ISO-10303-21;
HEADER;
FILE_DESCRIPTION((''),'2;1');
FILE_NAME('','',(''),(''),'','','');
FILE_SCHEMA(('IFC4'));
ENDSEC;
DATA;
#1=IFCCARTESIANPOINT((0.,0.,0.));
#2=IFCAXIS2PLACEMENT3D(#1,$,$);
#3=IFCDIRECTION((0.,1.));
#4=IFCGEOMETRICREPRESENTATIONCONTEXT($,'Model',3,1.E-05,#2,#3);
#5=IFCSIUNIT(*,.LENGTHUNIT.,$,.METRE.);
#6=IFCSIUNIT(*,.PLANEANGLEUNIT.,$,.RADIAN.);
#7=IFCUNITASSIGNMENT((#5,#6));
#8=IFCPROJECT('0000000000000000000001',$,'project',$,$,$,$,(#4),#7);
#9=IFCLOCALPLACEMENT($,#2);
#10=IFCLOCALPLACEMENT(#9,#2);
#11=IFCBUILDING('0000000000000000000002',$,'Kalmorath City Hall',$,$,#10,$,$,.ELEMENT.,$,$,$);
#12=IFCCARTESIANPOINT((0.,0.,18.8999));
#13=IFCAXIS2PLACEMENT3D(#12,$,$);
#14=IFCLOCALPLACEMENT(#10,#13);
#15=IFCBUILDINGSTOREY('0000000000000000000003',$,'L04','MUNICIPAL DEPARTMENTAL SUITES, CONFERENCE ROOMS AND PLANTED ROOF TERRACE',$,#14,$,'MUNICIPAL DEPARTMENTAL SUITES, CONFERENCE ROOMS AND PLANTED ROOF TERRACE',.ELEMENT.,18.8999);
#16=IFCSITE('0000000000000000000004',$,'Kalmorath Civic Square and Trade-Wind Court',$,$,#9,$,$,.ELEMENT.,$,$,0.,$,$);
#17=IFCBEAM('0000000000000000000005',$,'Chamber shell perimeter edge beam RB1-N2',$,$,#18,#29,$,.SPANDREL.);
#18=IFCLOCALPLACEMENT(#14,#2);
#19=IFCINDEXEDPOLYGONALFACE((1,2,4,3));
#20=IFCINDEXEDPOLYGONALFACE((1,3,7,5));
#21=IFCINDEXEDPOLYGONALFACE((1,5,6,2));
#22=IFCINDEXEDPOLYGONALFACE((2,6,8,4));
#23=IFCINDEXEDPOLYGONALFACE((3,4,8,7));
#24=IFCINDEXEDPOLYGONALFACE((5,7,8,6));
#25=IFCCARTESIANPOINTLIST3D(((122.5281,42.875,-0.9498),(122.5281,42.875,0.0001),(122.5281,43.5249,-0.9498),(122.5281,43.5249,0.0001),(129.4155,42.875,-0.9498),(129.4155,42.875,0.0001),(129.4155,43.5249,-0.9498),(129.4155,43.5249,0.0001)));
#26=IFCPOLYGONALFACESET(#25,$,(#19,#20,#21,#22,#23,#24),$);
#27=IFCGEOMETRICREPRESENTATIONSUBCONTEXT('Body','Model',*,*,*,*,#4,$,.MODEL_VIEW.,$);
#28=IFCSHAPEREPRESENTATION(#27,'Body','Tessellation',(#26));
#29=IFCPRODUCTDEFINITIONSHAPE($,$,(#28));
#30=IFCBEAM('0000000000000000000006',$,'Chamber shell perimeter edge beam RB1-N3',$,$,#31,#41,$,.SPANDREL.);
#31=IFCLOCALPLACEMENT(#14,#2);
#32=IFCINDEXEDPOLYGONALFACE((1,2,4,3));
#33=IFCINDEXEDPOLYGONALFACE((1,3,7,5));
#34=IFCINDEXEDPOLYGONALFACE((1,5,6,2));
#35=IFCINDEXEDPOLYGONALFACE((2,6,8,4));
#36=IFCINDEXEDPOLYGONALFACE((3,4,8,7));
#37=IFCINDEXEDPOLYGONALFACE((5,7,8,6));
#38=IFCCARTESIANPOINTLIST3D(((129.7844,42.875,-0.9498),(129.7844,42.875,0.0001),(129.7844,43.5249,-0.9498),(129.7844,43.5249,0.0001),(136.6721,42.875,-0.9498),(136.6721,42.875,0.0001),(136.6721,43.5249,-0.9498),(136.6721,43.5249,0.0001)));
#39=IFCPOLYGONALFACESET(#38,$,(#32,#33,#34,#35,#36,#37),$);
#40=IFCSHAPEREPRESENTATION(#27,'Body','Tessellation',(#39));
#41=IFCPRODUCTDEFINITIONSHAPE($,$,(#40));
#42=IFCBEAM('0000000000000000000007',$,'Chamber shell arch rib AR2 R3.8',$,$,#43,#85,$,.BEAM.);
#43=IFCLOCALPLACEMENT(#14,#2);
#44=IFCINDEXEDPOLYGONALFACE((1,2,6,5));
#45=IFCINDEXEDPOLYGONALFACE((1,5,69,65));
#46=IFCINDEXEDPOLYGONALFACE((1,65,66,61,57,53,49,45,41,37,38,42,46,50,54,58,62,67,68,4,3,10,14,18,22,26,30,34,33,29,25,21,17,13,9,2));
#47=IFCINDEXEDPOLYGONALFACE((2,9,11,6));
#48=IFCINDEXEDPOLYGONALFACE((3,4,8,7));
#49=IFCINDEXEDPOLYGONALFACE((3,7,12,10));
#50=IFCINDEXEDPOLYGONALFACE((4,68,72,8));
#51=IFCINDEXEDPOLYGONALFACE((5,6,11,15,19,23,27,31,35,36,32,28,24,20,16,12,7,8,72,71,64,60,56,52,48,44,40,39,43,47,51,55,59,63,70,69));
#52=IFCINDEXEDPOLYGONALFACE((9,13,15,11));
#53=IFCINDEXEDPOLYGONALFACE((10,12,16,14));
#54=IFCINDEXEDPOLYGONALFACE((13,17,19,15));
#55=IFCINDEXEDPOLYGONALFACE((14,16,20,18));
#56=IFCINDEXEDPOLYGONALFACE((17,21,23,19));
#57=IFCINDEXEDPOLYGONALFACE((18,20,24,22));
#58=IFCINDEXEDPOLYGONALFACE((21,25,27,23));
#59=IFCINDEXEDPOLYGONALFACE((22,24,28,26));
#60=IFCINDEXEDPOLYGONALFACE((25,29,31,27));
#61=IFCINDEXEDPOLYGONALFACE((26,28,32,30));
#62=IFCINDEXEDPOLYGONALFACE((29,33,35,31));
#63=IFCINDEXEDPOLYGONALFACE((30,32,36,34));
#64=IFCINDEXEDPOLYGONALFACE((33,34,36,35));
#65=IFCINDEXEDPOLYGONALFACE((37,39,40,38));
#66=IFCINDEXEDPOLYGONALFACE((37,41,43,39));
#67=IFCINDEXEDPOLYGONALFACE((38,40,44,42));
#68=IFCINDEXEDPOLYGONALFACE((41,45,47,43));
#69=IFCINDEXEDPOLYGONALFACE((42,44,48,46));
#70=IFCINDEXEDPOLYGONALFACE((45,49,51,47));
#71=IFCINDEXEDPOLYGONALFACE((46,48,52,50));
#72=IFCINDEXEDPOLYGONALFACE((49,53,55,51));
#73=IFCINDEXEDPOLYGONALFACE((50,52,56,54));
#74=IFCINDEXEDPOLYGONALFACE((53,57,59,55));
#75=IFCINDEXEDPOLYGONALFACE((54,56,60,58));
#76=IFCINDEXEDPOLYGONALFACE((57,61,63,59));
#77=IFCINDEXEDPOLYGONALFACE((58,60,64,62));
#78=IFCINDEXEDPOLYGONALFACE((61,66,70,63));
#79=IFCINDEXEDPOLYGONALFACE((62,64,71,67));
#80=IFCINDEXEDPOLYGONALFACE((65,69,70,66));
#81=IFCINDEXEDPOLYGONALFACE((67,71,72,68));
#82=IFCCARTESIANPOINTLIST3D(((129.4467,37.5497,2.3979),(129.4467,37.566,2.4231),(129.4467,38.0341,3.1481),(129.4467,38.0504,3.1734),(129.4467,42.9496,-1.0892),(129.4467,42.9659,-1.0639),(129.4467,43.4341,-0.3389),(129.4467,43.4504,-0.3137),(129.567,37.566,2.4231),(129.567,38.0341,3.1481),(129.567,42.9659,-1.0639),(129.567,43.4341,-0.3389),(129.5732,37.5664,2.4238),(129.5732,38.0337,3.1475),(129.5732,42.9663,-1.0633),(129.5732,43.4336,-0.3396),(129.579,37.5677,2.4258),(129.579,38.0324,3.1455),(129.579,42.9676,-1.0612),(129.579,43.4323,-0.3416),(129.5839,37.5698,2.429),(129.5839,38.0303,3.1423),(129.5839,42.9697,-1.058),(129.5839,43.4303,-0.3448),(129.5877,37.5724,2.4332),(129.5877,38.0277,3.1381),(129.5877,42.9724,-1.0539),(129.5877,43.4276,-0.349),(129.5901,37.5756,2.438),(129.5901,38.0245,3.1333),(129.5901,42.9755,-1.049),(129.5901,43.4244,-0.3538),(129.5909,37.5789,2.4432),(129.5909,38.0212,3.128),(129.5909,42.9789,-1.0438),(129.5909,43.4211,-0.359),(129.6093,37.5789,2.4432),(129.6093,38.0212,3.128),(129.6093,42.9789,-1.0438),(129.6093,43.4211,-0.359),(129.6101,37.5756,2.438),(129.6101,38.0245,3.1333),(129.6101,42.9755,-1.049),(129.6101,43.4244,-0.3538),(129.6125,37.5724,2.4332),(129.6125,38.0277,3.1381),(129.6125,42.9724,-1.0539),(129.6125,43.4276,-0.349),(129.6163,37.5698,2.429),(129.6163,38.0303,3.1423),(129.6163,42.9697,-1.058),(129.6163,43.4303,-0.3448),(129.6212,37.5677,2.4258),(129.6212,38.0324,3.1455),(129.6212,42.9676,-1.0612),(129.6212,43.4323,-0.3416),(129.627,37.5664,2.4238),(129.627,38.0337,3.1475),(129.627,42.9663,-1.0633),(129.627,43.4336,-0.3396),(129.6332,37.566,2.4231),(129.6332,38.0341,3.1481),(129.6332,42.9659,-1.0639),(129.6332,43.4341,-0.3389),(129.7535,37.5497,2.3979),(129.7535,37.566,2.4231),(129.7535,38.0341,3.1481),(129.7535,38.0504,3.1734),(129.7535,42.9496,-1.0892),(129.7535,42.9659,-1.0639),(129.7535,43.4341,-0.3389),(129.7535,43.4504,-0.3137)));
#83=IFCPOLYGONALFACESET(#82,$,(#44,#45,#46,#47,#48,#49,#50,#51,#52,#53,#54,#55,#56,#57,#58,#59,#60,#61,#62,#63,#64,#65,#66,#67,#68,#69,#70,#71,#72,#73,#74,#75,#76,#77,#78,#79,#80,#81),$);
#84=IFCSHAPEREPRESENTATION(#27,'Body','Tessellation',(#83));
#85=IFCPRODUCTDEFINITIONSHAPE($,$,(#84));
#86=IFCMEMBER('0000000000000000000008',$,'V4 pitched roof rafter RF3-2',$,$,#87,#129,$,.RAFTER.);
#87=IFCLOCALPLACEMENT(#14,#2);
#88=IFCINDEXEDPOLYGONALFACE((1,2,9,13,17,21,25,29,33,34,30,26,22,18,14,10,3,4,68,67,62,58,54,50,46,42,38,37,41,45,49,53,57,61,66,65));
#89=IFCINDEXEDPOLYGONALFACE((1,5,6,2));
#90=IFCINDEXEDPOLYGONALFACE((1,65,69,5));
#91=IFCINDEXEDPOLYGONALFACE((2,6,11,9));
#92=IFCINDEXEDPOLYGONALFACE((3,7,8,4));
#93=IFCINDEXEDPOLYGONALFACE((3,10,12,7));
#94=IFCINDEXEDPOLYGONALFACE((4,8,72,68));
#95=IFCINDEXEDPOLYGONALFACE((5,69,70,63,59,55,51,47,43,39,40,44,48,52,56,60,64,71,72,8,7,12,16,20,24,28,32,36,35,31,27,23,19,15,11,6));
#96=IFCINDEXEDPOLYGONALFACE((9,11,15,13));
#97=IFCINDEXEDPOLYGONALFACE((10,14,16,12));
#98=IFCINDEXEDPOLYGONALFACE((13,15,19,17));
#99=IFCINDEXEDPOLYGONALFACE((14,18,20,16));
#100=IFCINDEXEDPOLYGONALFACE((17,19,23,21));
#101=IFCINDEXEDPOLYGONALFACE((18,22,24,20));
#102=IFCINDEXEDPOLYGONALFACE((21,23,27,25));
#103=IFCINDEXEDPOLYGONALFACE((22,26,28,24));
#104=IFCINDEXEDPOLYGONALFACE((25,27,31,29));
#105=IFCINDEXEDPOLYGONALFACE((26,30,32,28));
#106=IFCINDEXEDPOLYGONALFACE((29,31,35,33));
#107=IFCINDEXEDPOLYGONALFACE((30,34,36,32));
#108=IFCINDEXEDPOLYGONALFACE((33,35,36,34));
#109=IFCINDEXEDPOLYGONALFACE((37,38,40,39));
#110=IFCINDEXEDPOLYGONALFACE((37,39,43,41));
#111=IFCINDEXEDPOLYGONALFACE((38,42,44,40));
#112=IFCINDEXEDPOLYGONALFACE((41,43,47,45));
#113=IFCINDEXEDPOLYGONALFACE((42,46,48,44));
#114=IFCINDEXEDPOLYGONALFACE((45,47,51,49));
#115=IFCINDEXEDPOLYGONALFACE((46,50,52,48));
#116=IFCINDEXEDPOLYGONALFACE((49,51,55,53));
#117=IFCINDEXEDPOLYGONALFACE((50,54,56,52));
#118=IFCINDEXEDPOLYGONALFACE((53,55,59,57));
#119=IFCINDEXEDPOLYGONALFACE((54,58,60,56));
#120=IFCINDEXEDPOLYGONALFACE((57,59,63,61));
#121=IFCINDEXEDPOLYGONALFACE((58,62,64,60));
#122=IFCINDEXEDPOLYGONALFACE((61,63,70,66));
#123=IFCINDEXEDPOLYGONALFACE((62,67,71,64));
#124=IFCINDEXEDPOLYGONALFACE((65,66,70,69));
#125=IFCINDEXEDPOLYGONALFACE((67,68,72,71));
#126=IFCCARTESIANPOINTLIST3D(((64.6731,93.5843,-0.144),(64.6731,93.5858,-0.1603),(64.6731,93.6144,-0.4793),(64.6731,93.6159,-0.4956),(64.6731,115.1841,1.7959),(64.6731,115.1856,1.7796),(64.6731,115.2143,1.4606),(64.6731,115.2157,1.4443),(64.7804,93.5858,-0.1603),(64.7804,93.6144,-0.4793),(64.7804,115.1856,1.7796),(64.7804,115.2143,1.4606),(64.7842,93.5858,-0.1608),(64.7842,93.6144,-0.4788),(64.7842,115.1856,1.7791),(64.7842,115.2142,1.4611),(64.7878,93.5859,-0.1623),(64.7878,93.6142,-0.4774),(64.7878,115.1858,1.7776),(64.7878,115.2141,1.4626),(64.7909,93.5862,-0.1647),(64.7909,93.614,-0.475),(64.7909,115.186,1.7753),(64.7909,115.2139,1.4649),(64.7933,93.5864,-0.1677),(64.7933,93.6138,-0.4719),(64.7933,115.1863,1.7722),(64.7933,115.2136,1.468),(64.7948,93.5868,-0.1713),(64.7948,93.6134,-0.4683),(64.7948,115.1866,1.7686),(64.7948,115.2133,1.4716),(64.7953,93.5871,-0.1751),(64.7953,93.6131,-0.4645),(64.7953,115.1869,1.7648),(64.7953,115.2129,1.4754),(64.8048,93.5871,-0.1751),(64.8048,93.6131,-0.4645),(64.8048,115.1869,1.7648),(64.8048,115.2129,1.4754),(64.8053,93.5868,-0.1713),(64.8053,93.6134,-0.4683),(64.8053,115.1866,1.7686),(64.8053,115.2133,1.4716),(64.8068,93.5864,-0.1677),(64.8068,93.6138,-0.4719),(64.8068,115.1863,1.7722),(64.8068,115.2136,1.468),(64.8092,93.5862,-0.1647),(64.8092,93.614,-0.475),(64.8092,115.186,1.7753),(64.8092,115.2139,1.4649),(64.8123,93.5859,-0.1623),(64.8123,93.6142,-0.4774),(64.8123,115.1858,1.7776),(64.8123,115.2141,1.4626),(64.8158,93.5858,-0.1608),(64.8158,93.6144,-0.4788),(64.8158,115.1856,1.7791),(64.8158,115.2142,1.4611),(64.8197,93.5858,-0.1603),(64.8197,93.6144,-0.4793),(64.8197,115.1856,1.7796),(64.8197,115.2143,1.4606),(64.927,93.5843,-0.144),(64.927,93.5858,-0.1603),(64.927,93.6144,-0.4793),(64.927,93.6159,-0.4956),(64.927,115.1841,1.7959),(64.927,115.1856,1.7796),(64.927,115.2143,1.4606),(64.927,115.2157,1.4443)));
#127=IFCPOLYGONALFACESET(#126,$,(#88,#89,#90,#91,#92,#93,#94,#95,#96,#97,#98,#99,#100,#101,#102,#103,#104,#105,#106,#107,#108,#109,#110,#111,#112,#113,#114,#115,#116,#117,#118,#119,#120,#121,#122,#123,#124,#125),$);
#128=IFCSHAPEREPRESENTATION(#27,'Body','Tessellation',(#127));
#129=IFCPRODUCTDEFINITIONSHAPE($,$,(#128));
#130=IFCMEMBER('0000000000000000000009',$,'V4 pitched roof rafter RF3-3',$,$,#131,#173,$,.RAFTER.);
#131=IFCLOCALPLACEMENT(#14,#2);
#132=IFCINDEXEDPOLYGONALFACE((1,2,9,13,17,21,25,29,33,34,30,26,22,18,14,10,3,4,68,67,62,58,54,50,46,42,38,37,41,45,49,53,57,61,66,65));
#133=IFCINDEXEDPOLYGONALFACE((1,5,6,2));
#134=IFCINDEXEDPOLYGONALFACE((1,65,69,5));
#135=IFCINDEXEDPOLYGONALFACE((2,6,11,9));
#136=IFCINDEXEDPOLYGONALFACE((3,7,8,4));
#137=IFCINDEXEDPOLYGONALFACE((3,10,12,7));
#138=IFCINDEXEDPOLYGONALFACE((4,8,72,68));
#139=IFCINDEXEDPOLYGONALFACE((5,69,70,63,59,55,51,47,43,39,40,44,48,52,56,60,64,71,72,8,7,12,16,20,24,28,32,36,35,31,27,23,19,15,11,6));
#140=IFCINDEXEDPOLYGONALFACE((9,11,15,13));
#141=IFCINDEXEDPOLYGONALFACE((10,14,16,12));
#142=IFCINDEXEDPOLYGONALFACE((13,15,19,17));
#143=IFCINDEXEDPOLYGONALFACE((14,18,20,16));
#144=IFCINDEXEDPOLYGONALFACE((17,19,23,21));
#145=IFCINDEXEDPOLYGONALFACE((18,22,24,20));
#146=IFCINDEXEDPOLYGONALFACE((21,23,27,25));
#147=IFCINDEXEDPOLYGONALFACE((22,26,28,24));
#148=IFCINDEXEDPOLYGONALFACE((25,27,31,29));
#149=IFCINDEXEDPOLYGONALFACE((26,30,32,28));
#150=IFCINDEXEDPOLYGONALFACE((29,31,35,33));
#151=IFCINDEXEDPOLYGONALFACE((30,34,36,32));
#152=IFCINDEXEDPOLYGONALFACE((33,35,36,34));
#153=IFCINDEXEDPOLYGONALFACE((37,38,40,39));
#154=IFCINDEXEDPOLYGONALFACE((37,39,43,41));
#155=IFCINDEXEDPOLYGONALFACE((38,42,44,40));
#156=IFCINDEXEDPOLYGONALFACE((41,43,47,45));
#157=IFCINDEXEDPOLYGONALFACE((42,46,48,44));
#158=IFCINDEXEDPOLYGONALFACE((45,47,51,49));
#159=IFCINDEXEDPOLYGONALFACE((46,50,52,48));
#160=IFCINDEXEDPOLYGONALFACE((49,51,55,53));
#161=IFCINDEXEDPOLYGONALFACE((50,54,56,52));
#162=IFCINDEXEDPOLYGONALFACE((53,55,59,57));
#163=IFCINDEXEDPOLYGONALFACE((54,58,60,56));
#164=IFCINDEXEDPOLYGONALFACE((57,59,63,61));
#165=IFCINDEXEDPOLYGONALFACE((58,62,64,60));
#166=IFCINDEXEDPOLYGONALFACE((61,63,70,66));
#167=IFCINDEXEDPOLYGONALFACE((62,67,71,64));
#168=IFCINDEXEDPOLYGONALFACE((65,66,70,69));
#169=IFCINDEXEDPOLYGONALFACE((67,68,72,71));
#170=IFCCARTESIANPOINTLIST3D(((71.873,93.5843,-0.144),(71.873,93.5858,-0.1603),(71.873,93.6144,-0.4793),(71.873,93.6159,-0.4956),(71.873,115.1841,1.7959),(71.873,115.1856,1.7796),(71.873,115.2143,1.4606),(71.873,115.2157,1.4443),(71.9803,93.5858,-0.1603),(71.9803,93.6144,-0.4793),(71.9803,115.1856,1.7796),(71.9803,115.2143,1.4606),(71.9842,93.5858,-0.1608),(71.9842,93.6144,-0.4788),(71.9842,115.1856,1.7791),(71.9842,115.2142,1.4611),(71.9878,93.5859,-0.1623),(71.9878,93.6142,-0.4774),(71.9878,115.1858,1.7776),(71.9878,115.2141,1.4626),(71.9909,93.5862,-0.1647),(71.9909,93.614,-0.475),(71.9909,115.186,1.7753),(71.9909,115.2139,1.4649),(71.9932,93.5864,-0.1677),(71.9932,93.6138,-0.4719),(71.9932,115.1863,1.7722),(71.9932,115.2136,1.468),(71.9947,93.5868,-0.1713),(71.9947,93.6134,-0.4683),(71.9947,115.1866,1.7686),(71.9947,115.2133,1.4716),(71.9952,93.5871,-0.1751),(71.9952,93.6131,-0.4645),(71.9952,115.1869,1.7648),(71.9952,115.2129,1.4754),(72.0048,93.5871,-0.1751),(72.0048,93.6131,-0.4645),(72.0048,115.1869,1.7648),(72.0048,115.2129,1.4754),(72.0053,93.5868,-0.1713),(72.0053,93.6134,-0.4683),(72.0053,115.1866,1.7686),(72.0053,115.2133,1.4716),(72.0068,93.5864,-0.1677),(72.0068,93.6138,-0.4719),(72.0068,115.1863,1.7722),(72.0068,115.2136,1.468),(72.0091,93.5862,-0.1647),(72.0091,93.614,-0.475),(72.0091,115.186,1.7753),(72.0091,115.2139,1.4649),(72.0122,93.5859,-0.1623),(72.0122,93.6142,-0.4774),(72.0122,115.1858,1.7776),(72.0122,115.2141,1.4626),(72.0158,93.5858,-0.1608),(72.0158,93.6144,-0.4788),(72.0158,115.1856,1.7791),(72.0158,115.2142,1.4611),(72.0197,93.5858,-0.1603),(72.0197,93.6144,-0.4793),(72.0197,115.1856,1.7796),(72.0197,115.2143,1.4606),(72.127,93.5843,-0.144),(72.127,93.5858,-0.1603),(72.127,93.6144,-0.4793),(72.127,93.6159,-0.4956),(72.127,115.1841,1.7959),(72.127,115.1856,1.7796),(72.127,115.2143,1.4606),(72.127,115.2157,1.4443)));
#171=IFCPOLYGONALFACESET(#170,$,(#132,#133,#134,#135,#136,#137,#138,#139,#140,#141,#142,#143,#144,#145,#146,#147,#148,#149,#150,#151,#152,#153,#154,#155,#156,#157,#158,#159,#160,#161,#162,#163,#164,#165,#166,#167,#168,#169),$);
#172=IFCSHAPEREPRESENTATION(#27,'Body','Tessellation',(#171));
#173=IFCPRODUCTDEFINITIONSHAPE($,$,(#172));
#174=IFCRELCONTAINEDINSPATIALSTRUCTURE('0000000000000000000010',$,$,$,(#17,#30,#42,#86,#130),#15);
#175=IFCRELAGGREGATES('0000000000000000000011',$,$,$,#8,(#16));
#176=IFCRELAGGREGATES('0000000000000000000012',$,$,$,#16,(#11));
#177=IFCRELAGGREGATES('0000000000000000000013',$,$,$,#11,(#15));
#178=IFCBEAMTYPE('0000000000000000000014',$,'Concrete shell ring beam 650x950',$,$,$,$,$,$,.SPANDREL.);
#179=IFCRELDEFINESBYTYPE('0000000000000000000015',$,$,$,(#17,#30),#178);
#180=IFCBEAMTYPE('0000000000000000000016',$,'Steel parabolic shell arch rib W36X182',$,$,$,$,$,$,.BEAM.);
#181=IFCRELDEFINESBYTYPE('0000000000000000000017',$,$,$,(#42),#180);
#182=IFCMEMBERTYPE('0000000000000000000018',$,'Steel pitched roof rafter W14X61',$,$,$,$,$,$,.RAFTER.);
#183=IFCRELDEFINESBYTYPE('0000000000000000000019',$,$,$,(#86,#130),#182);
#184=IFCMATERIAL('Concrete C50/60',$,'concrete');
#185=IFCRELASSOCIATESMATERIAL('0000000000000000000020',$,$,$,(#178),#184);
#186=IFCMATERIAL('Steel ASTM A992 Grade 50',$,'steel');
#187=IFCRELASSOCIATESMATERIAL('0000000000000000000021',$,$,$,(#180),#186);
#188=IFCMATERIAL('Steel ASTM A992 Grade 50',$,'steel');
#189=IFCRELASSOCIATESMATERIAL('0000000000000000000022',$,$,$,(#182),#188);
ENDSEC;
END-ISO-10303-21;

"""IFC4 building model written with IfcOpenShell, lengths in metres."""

from ifc_helpers import new_model, si_unit, direction, frame, origin, origin_2d, place, context, subcontext, project, spatial, rectangle, i_section, extrude, material, material_profile, profile_set, type_object, element, save


model = new_model("IFC4")

# Units and contexts
model_context = context("Model", 3, precision=1e-05, world=origin(), true_north=direction((0.0, 1.0)))
body_context = subcontext(model_context, "Body", "Model", "MODEL_VIEW")
ifc_project = project(units=[si_unit("LENGTHUNIT", "METRE"), si_unit("PLANEANGLEUNIT", "RADIAN")], contexts=[model_context])

# Site, building, storey
site_placement = place(None, origin())
site = spatial("IfcSite", under=ifc_project, at=site_placement, Name="Kalmorath Civic Square and Trade-Wind Court", CompositionType="ELEMENT", RefElevation=0.0)
building_placement = place(site_placement, origin())
building = spatial("IfcBuilding", under=site, at=building_placement, Name="Kalmorath City Hall", CompositionType="ELEMENT")
storey_placement = place(building_placement, frame((0.0, 0.0, 18.8999)))
storey = spatial("IfcBuildingStorey", under=building, at=storey_placement, Name="L04", Description="MUNICIPAL DEPARTMENTAL SUITES, CONFERENCE ROOMS AND PLANTED ROOF TERRACE", LongName="MUNICIPAL DEPARTMENTAL SUITES, CONFERENCE ROOMS AND PLANTED ROOF TERRACE", CompositionType="ELEMENT", Elevation=18.8999)

# Beams
ifc_material_1 = material(Name="Concrete C50/60", Category="concrete")
ifc_material_profile_1 = material_profile(ifc_material_1, rectangle(XDim=0.6499, YDim=0.95, at=origin_2d()), Name="RC-RING-650X950")
ifc_profile_set_1 = profile_set([ifc_material_profile_1], Name="Concrete C50/60")
beam_type_1 = type_object("IfcBeamType", Name="Concrete shell ring beam 650x950", PredefinedType="SPANDREL", material=ifc_profile_set_1)
for number, where, z_axis, x_axis, name in (
    (1, (122.5281, 43.2, -0.4749), (1.0, 0.0, 0.0), (0.0, 1.0, 0.0), "Chamber shell perimeter edge beam RB1-N2"),
):
    element("IfcBeam", number, at=place(storey_placement, frame(where, z_axis=z_axis, x_axis=x_axis)), inside=storey, type_object=beam_type_1, Name=name, PredefinedType="SPANDREL", context=body_context, shape_type="SweptSolid", body=[
        extrude(rectangle(XDim=0.6499, YDim=0.95, at=origin_2d()), origin(), (0.0, 0.0, 1.0), 6.8875),
    ])
beam_1_placement = place(storey_placement, frame((129.7844, 43.2, -0.4749), z_axis=(1.0, 0.0, 0.0), x_axis=(0.0, 1.0, 0.0)))
element("IfcBeam", 2, at=beam_1_placement, inside=storey, type_object=beam_type_1, Name="Chamber shell perimeter edge beam RB1-N3", PredefinedType="SPANDREL", context=body_context, shape_type="SweptSolid", body=[
    extrude(rectangle(XDim=0.6499, YDim=0.95, at=origin_2d()), origin(), (0.0, 0.0, 1.0), 6.8877),
])
ifc_material_2 = material(Name="Steel ASTM A992 Grade 50", Category="steel")
ifc_material_profile_2 = material_profile(ifc_material_2, i_section(OverallWidth=0.3069, OverallDepth=0.9231, WebThickness=0.0183, FlangeThickness=0.03, FilletRadius=0.0239, at=origin_2d()), Name="W36X182")
ifc_profile_set_2 = profile_set([ifc_material_profile_2], Name="Steel ASTM A992 Grade 50")
beam_type_2 = type_object("IfcBeamType", Name="Steel parabolic shell arch rib W36X182", PredefinedType="BEAM", material=ifc_profile_set_2)
beam_2_placement = place(storey_placement, frame((129.6001, 37.8, 2.7856), z_axis=(0.0, 0.840066, -0.542484), x_axis=(-1.0, 0.0, 0.0)))
element("IfcBeam", 3, at=beam_2_placement, inside=storey, type_object=beam_type_2, Name="Chamber shell arch rib AR2 R3.8", PredefinedType="BEAM", context=body_context, shape_type="SweptSolid", body=[
    extrude(i_section(OverallWidth=0.3069, OverallDepth=0.9231, WebThickness=0.0183, FlangeThickness=0.03, FilletRadius=0.0239, at=origin_2d()), origin(), (0.0, 0.0, 1.0), 6.428),
])

# Members
ifc_material_3 = material(Name="Steel ASTM A992 Grade 50", Category="steel")
ifc_material_profile_3 = material_profile(ifc_material_3, i_section(OverallWidth=0.2539, OverallDepth=0.353, WebThickness=0.0095, FlangeThickness=0.0164, FilletRadius=0.0149, at=origin_2d()), Name="W14X61")
ifc_profile_set_3 = profile_set([ifc_material_profile_3], Name="Steel ASTM A992 Grade 50")
member_type_1 = type_object("IfcMemberType", Name="Steel pitched roof rafter W14X61", PredefinedType="RAFTER", material=ifc_profile_set_3)
for number, where, z_axis, x_axis, name in (
    (4, (64.8, 93.6001, -0.3198), (0.0, 0.995991, 0.089453), (-1.0, 0.0, 0.0), "V4 pitched roof rafter RF3-2"),
    (5, (72.0, 93.6001, -0.3198), (0.0, 0.995991, 0.089453), (-1.0, 0.0, 0.0), "V4 pitched roof rafter RF3-3"),
):
    element("IfcMember", number, at=place(storey_placement, frame(where, z_axis=z_axis, x_axis=x_axis)), inside=storey, type_object=member_type_1, Name=name, PredefinedType="RAFTER", context=body_context, shape_type="SweptSolid", body=[
        extrude(i_section(OverallWidth=0.2539, OverallDepth=0.353, WebThickness=0.0095, FlangeThickness=0.0164, FilletRadius=0.0149, at=origin_2d()), origin(), (0.0, 0.0, 1.0), 21.6868),
    ])

save(model, "model.ifc")
